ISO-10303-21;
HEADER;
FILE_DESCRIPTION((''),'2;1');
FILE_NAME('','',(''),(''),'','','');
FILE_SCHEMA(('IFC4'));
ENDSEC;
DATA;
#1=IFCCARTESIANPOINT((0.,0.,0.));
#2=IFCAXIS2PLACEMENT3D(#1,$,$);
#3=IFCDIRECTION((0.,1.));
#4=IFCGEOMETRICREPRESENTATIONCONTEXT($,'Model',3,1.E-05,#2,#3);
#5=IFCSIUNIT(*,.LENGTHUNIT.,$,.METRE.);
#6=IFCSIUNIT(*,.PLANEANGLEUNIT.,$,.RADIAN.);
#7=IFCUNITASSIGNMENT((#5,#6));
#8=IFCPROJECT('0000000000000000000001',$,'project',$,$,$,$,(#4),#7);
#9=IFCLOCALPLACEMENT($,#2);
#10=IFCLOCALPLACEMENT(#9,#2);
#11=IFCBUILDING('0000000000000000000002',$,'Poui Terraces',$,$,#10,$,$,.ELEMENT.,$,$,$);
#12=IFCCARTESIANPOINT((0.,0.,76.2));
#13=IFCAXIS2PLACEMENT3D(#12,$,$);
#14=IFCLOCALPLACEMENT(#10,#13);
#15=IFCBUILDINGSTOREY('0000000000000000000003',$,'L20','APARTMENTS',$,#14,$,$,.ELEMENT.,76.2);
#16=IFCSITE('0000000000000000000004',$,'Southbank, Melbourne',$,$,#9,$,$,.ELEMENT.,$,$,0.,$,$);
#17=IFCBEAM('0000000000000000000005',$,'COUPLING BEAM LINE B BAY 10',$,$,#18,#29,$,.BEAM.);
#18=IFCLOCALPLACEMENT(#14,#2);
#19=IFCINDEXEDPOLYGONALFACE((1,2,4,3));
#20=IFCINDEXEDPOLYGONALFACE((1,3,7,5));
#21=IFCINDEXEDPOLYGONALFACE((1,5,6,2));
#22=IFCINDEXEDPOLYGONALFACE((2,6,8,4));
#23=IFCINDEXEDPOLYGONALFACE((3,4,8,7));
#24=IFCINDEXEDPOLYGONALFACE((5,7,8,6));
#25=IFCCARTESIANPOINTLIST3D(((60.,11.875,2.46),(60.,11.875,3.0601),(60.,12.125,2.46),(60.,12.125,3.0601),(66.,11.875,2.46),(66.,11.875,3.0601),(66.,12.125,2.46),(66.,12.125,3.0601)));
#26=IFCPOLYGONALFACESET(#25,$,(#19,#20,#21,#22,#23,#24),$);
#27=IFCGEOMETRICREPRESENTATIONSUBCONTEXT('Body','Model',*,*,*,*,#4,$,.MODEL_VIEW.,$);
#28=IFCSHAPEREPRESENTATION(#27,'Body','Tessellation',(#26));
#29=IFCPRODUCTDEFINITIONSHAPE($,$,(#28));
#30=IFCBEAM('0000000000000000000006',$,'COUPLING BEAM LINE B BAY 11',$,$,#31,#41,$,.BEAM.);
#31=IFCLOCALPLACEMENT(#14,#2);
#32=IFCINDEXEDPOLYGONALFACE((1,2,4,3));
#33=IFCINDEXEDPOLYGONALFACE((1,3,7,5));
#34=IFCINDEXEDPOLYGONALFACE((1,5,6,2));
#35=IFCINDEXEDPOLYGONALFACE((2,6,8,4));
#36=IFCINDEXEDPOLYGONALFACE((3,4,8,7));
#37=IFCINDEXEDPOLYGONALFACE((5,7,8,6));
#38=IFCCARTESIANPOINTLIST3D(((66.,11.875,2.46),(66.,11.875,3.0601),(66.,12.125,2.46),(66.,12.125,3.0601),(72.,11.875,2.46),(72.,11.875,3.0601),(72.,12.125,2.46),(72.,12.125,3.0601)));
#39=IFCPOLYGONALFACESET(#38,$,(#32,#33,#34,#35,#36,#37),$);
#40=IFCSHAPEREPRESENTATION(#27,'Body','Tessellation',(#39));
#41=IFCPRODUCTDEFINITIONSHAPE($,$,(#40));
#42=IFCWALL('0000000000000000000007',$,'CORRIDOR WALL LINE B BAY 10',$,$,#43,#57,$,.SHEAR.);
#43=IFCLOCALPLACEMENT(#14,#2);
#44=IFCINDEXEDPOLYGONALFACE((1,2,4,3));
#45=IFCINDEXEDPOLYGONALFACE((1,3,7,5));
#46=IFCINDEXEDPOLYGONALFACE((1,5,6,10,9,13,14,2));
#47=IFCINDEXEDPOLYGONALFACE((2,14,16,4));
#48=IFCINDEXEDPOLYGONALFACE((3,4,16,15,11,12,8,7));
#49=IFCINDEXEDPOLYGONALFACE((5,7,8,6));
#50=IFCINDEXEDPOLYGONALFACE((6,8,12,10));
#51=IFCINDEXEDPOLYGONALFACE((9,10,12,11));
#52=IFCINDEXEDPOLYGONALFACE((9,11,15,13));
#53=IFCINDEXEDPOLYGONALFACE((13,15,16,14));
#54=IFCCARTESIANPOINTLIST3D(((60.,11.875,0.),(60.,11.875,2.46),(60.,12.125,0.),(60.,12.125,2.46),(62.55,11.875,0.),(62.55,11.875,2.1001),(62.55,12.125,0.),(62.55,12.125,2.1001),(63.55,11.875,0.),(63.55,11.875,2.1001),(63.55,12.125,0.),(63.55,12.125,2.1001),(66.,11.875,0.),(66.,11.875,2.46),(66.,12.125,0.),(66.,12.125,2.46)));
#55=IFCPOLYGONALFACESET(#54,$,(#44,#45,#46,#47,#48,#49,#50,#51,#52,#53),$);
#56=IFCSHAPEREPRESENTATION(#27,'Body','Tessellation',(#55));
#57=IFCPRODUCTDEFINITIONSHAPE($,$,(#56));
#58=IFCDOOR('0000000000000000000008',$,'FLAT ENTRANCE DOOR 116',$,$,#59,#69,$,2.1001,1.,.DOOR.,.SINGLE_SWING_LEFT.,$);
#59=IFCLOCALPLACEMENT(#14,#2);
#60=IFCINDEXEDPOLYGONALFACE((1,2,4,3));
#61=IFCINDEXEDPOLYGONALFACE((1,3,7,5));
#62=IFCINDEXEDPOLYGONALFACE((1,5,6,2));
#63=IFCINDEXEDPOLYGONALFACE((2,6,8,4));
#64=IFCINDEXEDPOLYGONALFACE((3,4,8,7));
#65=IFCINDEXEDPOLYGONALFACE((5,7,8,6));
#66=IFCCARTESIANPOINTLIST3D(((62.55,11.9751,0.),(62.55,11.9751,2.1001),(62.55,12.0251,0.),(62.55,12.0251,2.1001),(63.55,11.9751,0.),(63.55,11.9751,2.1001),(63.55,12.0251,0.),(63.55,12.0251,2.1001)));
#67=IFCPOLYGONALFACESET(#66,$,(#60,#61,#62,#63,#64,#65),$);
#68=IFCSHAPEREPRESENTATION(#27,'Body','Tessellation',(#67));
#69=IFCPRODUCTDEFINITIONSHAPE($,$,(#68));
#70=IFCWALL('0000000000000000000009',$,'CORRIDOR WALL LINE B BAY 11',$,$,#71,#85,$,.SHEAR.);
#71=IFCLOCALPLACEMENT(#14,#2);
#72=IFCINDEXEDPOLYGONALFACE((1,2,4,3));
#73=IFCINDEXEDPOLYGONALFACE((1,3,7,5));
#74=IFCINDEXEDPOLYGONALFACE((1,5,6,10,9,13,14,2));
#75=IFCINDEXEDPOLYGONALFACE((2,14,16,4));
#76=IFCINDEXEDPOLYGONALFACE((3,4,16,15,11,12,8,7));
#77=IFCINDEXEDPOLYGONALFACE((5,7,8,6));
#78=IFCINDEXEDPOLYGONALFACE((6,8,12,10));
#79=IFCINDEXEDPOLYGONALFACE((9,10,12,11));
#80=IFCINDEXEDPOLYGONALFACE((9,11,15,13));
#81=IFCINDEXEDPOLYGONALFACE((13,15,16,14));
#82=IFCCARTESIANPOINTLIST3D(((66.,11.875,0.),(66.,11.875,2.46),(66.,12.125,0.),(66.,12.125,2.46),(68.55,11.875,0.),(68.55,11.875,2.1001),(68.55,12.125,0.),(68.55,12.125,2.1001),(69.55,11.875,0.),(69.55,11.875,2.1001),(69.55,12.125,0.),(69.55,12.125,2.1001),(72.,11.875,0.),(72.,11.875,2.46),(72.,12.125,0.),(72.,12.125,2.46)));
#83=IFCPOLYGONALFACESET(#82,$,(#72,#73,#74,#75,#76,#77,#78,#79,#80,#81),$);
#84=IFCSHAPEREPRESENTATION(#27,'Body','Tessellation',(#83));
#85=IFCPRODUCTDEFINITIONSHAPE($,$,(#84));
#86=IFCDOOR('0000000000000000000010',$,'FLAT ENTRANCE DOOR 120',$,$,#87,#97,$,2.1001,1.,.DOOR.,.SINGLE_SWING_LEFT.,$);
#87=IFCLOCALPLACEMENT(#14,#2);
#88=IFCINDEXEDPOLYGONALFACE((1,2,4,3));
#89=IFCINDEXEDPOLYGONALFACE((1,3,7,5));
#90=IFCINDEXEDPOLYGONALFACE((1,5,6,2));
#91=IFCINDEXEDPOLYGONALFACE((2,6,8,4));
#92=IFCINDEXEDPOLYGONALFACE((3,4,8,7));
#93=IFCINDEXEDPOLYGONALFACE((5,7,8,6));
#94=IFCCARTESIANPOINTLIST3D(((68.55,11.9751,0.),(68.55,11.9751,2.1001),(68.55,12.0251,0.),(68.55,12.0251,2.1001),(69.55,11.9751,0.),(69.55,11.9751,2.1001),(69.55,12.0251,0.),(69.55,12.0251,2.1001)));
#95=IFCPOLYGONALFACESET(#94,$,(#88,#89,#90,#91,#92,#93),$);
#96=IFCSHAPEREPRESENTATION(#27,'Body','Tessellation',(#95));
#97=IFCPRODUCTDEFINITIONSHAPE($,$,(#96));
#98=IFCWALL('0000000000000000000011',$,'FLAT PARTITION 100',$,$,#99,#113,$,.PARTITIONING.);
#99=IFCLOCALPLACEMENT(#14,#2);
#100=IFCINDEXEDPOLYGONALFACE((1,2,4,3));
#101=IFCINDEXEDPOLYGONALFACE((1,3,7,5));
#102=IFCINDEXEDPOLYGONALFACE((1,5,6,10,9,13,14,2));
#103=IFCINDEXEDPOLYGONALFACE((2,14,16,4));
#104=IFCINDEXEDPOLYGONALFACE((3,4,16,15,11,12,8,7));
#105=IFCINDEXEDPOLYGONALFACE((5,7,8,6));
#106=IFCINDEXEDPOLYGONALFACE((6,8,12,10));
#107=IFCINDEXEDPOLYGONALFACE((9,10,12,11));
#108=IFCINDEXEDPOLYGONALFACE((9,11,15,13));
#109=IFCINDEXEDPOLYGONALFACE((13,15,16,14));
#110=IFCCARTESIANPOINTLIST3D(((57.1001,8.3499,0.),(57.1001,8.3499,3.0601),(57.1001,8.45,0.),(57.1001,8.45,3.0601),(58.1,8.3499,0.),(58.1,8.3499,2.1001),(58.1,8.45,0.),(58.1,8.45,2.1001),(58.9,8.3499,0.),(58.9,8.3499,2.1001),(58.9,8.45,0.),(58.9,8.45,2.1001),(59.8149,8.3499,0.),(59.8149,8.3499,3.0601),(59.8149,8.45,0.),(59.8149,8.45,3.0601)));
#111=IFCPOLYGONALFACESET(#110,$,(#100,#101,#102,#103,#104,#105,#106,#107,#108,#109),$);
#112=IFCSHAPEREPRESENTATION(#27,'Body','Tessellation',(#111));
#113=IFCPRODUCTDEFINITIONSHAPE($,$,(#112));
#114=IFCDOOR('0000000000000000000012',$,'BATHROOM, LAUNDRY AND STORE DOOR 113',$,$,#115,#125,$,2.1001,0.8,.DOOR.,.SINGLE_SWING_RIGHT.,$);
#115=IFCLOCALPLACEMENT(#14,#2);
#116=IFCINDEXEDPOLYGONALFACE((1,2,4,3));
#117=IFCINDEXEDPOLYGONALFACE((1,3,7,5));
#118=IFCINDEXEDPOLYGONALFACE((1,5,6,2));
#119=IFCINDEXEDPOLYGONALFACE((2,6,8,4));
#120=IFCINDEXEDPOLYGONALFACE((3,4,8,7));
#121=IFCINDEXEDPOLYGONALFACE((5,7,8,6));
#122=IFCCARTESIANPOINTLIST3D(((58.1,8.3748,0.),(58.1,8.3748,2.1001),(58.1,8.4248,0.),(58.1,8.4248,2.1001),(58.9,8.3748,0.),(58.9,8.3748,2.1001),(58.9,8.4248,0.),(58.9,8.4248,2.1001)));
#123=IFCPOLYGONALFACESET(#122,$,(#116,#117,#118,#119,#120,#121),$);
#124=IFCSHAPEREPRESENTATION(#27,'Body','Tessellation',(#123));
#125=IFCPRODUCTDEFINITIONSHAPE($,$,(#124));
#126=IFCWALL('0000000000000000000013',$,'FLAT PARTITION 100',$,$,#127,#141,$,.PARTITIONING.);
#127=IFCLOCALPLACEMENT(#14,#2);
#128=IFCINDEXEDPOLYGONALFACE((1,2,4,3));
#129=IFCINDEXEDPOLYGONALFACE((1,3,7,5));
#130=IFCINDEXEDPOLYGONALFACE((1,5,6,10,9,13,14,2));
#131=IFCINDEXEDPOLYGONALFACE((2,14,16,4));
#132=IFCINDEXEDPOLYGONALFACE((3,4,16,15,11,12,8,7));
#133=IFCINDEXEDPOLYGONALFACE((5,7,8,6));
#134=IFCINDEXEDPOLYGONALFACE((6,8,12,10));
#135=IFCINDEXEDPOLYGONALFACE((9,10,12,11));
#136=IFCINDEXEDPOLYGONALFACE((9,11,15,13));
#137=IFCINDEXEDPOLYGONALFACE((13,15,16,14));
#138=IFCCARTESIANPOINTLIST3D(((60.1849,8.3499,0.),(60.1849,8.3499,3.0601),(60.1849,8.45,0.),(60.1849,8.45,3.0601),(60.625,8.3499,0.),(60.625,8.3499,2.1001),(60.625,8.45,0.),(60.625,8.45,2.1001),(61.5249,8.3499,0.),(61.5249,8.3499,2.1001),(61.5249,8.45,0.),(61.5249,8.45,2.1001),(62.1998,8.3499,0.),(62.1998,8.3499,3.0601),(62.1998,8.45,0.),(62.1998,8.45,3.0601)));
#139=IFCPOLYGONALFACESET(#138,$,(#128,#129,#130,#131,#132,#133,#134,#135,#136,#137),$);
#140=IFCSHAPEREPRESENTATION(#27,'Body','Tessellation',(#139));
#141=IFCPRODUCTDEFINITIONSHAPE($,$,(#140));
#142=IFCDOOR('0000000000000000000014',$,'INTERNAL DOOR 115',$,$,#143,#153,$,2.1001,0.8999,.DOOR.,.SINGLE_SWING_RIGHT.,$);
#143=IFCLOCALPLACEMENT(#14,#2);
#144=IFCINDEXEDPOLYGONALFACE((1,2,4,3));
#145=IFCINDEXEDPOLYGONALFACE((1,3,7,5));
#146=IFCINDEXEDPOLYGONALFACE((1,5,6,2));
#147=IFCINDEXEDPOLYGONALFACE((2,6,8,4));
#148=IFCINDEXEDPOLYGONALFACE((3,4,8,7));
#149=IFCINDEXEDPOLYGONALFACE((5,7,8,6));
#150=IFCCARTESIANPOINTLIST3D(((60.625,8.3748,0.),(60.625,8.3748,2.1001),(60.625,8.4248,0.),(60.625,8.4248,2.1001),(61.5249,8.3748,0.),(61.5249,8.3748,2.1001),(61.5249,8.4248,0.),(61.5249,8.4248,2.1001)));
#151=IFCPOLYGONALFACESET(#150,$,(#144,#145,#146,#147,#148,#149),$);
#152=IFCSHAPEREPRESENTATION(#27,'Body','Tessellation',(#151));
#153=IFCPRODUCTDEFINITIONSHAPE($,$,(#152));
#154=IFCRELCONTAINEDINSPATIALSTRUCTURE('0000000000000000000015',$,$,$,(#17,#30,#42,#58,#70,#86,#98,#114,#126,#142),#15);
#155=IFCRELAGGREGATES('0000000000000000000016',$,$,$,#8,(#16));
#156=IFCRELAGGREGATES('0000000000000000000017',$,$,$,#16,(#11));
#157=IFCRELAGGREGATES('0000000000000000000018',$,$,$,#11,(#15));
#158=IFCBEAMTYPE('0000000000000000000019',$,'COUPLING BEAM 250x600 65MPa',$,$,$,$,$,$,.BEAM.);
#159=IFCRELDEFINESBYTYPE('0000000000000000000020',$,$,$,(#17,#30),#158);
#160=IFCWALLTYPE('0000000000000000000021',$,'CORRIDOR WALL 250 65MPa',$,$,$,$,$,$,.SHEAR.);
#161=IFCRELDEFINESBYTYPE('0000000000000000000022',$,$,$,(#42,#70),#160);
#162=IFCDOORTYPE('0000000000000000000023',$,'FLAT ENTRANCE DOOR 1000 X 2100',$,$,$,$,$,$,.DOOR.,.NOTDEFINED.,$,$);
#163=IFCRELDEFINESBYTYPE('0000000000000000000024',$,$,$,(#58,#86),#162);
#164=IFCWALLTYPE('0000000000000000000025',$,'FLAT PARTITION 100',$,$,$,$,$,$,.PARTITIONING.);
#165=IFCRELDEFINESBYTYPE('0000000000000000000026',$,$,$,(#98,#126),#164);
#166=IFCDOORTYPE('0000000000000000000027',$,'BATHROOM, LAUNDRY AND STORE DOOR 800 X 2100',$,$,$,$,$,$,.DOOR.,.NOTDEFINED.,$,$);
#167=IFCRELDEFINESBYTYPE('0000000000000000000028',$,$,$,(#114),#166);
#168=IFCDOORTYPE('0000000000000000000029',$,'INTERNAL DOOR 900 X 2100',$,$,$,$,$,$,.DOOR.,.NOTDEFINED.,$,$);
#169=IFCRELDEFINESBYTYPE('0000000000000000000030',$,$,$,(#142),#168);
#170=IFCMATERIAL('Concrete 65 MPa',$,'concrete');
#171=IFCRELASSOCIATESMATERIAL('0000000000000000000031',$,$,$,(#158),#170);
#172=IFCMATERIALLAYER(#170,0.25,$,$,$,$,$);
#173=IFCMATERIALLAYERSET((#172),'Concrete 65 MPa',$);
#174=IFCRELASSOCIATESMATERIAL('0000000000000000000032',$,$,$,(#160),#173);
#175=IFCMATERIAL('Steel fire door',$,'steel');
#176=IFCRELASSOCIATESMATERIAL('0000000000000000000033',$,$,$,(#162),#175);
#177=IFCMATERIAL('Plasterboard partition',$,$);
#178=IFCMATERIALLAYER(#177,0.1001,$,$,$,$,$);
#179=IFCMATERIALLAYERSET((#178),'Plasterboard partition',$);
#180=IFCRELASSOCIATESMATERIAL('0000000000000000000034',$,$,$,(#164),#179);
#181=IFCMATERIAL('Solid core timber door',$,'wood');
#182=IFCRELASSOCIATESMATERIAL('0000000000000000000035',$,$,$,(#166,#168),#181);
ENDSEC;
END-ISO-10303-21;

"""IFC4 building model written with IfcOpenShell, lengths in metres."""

from ifc_helpers import new_model, si_unit, direction, frame, frame_2d, origin, origin_2d, place, context, subcontext, project, spatial, rectangle, extrude, source, transform, mapped, material, layer, layer_set, material_profile, profile_set, type_object, element, fill, save


model = new_model("IFC4")

# Units and contexts
model_context = context("Model", 3, precision=1e-05, world=origin(), true_north=direction((0.0, 1.0)))
body_context = subcontext(model_context, "Body", "Model", "MODEL_VIEW")
ifc_project = project(units=[si_unit("LENGTHUNIT", "METRE"), si_unit("PLANEANGLEUNIT", "RADIAN")], contexts=[model_context])

# Site, building, storey
site_placement = place(None, origin())
site = spatial("IfcSite", under=ifc_project, at=site_placement, Name="Southbank, Melbourne", CompositionType="ELEMENT", RefElevation=0.0)
building_placement = place(site_placement, origin())
building = spatial("IfcBuilding", under=site, at=building_placement, Name="Poui Terraces", CompositionType="ELEMENT")
storey_placement = place(building_placement, frame((0.0, 0.0, 76.2)))
storey = spatial("IfcBuildingStorey", under=building, at=storey_placement, Name="L20", Description="APARTMENTS", CompositionType="ELEMENT", Elevation=76.2)

# Beams
ifc_material_1 = material(Name="Concrete 65 MPa", Category="concrete")
ifc_material_profile = material_profile(ifc_material_1, rectangle(XDim=0.25, YDim=0.6001, at=origin_2d()), Name="RC 250x600")
ifc_profile_set = profile_set([ifc_material_profile], Name="Concrete 65 MPa")
beam_type = type_object("IfcBeamType", Name="COUPLING BEAM 250x600 65MPa", PredefinedType="BEAM", material=ifc_profile_set)
shared_shape = source(origin(), body_context, "Body", "SweptSolid", [
    extrude(rectangle(XDim=0.25, YDim=0.6001, at=origin_2d()), origin(), (0.0, 0.0, 1.0), 6.0),
])
for number, where, z_axis, x_axis, name in (
    (1, (60.0, 12.0, 2.76), (1.0, 0.0, 0.0), (0.0, 1.0, 0.0), "COUPLING BEAM LINE B BAY 10"),
    (2, (66.0, 12.0, 2.76), (1.0, 0.0, 0.0), (0.0, 1.0, 0.0), "COUPLING BEAM LINE B BAY 11"),
):
    element("IfcBeam", number, at=place(storey_placement, frame(where, z_axis=z_axis, x_axis=x_axis)), inside=storey, type_object=beam_type, Name=name, PredefinedType="BEAM", context=body_context, shape_type="MappedRepresentation", body=[
        mapped(shared_shape, transform((0.0, 0.0, 0.0))),
    ])

# Walls, openings, doors
ifc_layer_1 = layer(ifc_material_1, 0.25)
ifc_layer_set_1 = layer_set([ifc_layer_1], Name="Concrete 65 MPa")
wall_type_1 = type_object("IfcWallType", Name="CORRIDOR WALL 250 65MPa", PredefinedType="SHEAR", material=ifc_layer_set_1)
wall_1_placement = place(storey_placement, frame((60.0, 12.0, 0.0), z_axis=(0.0, 0.0, 1.0), x_axis=(1.0, 0.0, 0.0)))
wall_1 = element("IfcWall", 3, at=wall_1_placement, inside=storey, type_object=wall_type_1, Name="CORRIDOR WALL LINE B BAY 10", PredefinedType="SHEAR", context=body_context, shape_type="SweptSolid", body=[
    extrude(rectangle(XDim=6.0, YDim=0.25, at=frame_2d((3.0, 0.0))), origin(), (0.0, 0.0, 1.0), 2.46),
])
opening_1_placement = place(wall_1_placement, frame((2.55, 0.0, 0.0)))
opening_1 = element("IfcOpeningElement", 4, at=opening_1_placement, cuts=wall_1, PredefinedType="OPENING", context=body_context, shape_type="SweptSolid", body=[
    extrude(rectangle(XDim=1.0, YDim=2.1001, at=frame_2d((0.5, 1.05))), frame((0.0, 0.135, 0.0), z_axis=(0.0, -1.0, 0.0), x_axis=(1.0, 0.0, 0.0)), (0.0, 0.0, 1.0), 0.27),
])
ifc_material_2 = material(Name="Steel fire door", Category="steel")
door_type_1 = type_object("IfcDoorType", Name="FLAT ENTRANCE DOOR 1000 X 2100", OperationType="NOTDEFINED", PredefinedType="DOOR", material=ifc_material_2)
door_1_placement = place(opening_1_placement, frame((1.0, 0.0, 0.0), z_axis=(0.0, 0.0, 1.0), x_axis=(-1.0, 0.0, 0.0)))
door_1 = element("IfcDoor", 5, at=door_1_placement, inside=storey, type_object=door_type_1, Name="FLAT ENTRANCE DOOR 116", OperationType="SINGLE_SWING_LEFT", OverallHeight=2.1001, OverallWidth=1.0, PredefinedType="DOOR", context=body_context, shape_type="SweptSolid", body=[
    extrude(rectangle(XDim=1.0, YDim=2.1001, at=frame_2d((0.5, 1.05))), frame((0.0, 0.0249, 0.0), z_axis=(0.0, -1.0, 0.0), x_axis=(1.0, 0.0, 0.0)), (0.0, 0.0, 1.0), 0.05),
])
fill(opening_1, door_1)
wall_2_placement = place(storey_placement, frame((66.0, 12.0, 0.0), z_axis=(0.0, 0.0, 1.0), x_axis=(1.0, 0.0, 0.0)))
wall_2 = element("IfcWall", 6, at=wall_2_placement, inside=storey, type_object=wall_type_1, Name="CORRIDOR WALL LINE B BAY 11", PredefinedType="SHEAR", context=body_context, shape_type="SweptSolid", body=[
    extrude(rectangle(XDim=6.0, YDim=0.25, at=frame_2d((3.0, 0.0))), origin(), (0.0, 0.0, 1.0), 2.46),
])
opening_2_placement = place(wall_2_placement, frame((2.55, 0.0, 0.0)))
opening_2 = element("IfcOpeningElement", 7, at=opening_2_placement, cuts=wall_2, PredefinedType="OPENING", context=body_context, shape_type="SweptSolid", body=[
    extrude(rectangle(XDim=1.0, YDim=2.1001, at=frame_2d((0.5, 1.05))), frame((0.0, 0.135, 0.0), z_axis=(0.0, -1.0, 0.0), x_axis=(1.0, 0.0, 0.0)), (0.0, 0.0, 1.0), 0.27),
])
door_2_placement = place(opening_2_placement, frame((1.0, 0.0, 0.0), z_axis=(0.0, 0.0, 1.0), x_axis=(-1.0, 0.0, 0.0)))
door_2 = element("IfcDoor", 8, at=door_2_placement, inside=storey, type_object=door_type_1, Name="FLAT ENTRANCE DOOR 120", OperationType="SINGLE_SWING_LEFT", OverallHeight=2.1001, OverallWidth=1.0, PredefinedType="DOOR", context=body_context, shape_type="SweptSolid", body=[
    extrude(rectangle(XDim=1.0, YDim=2.1001, at=frame_2d((0.5, 1.05))), frame((0.0, 0.0249, 0.0), z_axis=(0.0, -1.0, 0.0), x_axis=(1.0, 0.0, 0.0)), (0.0, 0.0, 1.0), 0.05),
])
fill(opening_2, door_2)
ifc_material_3 = material(Name="Plasterboard partition")
ifc_layer_2 = layer(ifc_material_3, 0.1001)
ifc_layer_set_2 = layer_set([ifc_layer_2], Name="Plasterboard partition")
wall_type_2 = type_object("IfcWallType", Name="FLAT PARTITION 100", PredefinedType="PARTITIONING", material=ifc_layer_set_2)
wall_3_placement = place(storey_placement, frame((57.1001, 8.3999, 0.0), z_axis=(0.0, 0.0, 1.0), x_axis=(1.0, 0.0, 0.0)))
wall_3 = element("IfcWall", 9, at=wall_3_placement, inside=storey, type_object=wall_type_2, Name="FLAT PARTITION 100", PredefinedType="PARTITIONING", context=body_context, shape_type="SweptSolid", body=[
    extrude(rectangle(XDim=2.7148, YDim=0.1001, at=frame_2d((1.3574, 0.0))), origin(), (0.0, 0.0, 1.0), 3.0601),
])
opening_3_placement = place(wall_3_placement, frame((1.0, 0.0, 0.0)))
opening_3 = element("IfcOpeningElement", 10, at=opening_3_placement, cuts=wall_3, PredefinedType="OPENING", context=body_context, shape_type="SweptSolid", body=[
    extrude(rectangle(XDim=0.8, YDim=2.1001, at=frame_2d((0.3999, 1.05))), frame((0.0, 0.0601, 0.0), z_axis=(0.0, -1.0, 0.0), x_axis=(1.0, 0.0, 0.0)), (0.0, 0.0, 1.0), 0.1201),
])
ifc_material_4 = material(Name="Solid core timber door", Category="wood")
door_type_2 = type_object("IfcDoorType", Name="BATHROOM, LAUNDRY AND STORE DOOR 800 X 2100", OperationType="NOTDEFINED", PredefinedType="DOOR", material=ifc_material_4)
door_3_placement = place(opening_3_placement, origin())
door_3 = element("IfcDoor", 11, at=door_3_placement, inside=storey, type_object=door_type_2, Name="BATHROOM, LAUNDRY AND STORE DOOR 113", OperationType="SINGLE_SWING_RIGHT", OverallHeight=2.1001, OverallWidth=0.8, PredefinedType="DOOR", context=body_context, shape_type="SweptSolid", body=[
    extrude(rectangle(XDim=0.8, YDim=2.1001, at=frame_2d((0.3999, 1.05))), frame((0.0, 0.0249, 0.0), z_axis=(0.0, -1.0, 0.0), x_axis=(1.0, 0.0, 0.0)), (0.0, 0.0, 1.0), 0.05),
])
fill(opening_3, door_3)
wall_4_placement = place(storey_placement, frame((60.1851, 8.3999, 0.0), z_axis=(0.0, 0.0, 1.0), x_axis=(1.0, 0.0, 0.0)))
wall_4 = element("IfcWall", 12, at=wall_4_placement, inside=storey, type_object=wall_type_2, Name="FLAT PARTITION 100", PredefinedType="PARTITIONING", context=body_context, shape_type="SweptSolid", body=[
    extrude(rectangle(XDim=2.0149, YDim=0.1001, at=frame_2d((1.0073, 0.0))), origin(), (0.0, 0.0, 1.0), 3.0601),
])
opening_4_placement = place(wall_4_placement, frame((0.4399, 0.0, 0.0)))
opening_4 = element("IfcOpeningElement", 13, at=opening_4_placement, cuts=wall_4, PredefinedType="OPENING", context=body_context, shape_type="SweptSolid", body=[
    extrude(rectangle(XDim=0.8999, YDim=2.1001, at=frame_2d((0.45, 1.05))), frame((0.0, 0.0601, 0.0), z_axis=(0.0, -1.0, 0.0), x_axis=(1.0, 0.0, 0.0)), (0.0, 0.0, 1.0), 0.1201),
])
door_type_3 = type_object("IfcDoorType", Name="INTERNAL DOOR 900 X 2100", OperationType="NOTDEFINED", PredefinedType="DOOR", material=ifc_material_4)
door_4_placement = place(opening_4_placement, origin())
door_4 = element("IfcDoor", 14, at=door_4_placement, inside=storey, type_object=door_type_3, Name="INTERNAL DOOR 115", OperationType="SINGLE_SWING_RIGHT", OverallHeight=2.1001, OverallWidth=0.8999, PredefinedType="DOOR", context=body_context, shape_type="SweptSolid", body=[
    extrude(rectangle(XDim=0.8999, YDim=2.1001, at=frame_2d((0.45, 1.05))), frame((0.0, 0.0249, 0.0), z_axis=(0.0, -1.0, 0.0), x_axis=(1.0, 0.0, 0.0)), (0.0, 0.0, 1.0), 0.05),
])
fill(opening_4, door_4)

save(model, "model.ifc")
